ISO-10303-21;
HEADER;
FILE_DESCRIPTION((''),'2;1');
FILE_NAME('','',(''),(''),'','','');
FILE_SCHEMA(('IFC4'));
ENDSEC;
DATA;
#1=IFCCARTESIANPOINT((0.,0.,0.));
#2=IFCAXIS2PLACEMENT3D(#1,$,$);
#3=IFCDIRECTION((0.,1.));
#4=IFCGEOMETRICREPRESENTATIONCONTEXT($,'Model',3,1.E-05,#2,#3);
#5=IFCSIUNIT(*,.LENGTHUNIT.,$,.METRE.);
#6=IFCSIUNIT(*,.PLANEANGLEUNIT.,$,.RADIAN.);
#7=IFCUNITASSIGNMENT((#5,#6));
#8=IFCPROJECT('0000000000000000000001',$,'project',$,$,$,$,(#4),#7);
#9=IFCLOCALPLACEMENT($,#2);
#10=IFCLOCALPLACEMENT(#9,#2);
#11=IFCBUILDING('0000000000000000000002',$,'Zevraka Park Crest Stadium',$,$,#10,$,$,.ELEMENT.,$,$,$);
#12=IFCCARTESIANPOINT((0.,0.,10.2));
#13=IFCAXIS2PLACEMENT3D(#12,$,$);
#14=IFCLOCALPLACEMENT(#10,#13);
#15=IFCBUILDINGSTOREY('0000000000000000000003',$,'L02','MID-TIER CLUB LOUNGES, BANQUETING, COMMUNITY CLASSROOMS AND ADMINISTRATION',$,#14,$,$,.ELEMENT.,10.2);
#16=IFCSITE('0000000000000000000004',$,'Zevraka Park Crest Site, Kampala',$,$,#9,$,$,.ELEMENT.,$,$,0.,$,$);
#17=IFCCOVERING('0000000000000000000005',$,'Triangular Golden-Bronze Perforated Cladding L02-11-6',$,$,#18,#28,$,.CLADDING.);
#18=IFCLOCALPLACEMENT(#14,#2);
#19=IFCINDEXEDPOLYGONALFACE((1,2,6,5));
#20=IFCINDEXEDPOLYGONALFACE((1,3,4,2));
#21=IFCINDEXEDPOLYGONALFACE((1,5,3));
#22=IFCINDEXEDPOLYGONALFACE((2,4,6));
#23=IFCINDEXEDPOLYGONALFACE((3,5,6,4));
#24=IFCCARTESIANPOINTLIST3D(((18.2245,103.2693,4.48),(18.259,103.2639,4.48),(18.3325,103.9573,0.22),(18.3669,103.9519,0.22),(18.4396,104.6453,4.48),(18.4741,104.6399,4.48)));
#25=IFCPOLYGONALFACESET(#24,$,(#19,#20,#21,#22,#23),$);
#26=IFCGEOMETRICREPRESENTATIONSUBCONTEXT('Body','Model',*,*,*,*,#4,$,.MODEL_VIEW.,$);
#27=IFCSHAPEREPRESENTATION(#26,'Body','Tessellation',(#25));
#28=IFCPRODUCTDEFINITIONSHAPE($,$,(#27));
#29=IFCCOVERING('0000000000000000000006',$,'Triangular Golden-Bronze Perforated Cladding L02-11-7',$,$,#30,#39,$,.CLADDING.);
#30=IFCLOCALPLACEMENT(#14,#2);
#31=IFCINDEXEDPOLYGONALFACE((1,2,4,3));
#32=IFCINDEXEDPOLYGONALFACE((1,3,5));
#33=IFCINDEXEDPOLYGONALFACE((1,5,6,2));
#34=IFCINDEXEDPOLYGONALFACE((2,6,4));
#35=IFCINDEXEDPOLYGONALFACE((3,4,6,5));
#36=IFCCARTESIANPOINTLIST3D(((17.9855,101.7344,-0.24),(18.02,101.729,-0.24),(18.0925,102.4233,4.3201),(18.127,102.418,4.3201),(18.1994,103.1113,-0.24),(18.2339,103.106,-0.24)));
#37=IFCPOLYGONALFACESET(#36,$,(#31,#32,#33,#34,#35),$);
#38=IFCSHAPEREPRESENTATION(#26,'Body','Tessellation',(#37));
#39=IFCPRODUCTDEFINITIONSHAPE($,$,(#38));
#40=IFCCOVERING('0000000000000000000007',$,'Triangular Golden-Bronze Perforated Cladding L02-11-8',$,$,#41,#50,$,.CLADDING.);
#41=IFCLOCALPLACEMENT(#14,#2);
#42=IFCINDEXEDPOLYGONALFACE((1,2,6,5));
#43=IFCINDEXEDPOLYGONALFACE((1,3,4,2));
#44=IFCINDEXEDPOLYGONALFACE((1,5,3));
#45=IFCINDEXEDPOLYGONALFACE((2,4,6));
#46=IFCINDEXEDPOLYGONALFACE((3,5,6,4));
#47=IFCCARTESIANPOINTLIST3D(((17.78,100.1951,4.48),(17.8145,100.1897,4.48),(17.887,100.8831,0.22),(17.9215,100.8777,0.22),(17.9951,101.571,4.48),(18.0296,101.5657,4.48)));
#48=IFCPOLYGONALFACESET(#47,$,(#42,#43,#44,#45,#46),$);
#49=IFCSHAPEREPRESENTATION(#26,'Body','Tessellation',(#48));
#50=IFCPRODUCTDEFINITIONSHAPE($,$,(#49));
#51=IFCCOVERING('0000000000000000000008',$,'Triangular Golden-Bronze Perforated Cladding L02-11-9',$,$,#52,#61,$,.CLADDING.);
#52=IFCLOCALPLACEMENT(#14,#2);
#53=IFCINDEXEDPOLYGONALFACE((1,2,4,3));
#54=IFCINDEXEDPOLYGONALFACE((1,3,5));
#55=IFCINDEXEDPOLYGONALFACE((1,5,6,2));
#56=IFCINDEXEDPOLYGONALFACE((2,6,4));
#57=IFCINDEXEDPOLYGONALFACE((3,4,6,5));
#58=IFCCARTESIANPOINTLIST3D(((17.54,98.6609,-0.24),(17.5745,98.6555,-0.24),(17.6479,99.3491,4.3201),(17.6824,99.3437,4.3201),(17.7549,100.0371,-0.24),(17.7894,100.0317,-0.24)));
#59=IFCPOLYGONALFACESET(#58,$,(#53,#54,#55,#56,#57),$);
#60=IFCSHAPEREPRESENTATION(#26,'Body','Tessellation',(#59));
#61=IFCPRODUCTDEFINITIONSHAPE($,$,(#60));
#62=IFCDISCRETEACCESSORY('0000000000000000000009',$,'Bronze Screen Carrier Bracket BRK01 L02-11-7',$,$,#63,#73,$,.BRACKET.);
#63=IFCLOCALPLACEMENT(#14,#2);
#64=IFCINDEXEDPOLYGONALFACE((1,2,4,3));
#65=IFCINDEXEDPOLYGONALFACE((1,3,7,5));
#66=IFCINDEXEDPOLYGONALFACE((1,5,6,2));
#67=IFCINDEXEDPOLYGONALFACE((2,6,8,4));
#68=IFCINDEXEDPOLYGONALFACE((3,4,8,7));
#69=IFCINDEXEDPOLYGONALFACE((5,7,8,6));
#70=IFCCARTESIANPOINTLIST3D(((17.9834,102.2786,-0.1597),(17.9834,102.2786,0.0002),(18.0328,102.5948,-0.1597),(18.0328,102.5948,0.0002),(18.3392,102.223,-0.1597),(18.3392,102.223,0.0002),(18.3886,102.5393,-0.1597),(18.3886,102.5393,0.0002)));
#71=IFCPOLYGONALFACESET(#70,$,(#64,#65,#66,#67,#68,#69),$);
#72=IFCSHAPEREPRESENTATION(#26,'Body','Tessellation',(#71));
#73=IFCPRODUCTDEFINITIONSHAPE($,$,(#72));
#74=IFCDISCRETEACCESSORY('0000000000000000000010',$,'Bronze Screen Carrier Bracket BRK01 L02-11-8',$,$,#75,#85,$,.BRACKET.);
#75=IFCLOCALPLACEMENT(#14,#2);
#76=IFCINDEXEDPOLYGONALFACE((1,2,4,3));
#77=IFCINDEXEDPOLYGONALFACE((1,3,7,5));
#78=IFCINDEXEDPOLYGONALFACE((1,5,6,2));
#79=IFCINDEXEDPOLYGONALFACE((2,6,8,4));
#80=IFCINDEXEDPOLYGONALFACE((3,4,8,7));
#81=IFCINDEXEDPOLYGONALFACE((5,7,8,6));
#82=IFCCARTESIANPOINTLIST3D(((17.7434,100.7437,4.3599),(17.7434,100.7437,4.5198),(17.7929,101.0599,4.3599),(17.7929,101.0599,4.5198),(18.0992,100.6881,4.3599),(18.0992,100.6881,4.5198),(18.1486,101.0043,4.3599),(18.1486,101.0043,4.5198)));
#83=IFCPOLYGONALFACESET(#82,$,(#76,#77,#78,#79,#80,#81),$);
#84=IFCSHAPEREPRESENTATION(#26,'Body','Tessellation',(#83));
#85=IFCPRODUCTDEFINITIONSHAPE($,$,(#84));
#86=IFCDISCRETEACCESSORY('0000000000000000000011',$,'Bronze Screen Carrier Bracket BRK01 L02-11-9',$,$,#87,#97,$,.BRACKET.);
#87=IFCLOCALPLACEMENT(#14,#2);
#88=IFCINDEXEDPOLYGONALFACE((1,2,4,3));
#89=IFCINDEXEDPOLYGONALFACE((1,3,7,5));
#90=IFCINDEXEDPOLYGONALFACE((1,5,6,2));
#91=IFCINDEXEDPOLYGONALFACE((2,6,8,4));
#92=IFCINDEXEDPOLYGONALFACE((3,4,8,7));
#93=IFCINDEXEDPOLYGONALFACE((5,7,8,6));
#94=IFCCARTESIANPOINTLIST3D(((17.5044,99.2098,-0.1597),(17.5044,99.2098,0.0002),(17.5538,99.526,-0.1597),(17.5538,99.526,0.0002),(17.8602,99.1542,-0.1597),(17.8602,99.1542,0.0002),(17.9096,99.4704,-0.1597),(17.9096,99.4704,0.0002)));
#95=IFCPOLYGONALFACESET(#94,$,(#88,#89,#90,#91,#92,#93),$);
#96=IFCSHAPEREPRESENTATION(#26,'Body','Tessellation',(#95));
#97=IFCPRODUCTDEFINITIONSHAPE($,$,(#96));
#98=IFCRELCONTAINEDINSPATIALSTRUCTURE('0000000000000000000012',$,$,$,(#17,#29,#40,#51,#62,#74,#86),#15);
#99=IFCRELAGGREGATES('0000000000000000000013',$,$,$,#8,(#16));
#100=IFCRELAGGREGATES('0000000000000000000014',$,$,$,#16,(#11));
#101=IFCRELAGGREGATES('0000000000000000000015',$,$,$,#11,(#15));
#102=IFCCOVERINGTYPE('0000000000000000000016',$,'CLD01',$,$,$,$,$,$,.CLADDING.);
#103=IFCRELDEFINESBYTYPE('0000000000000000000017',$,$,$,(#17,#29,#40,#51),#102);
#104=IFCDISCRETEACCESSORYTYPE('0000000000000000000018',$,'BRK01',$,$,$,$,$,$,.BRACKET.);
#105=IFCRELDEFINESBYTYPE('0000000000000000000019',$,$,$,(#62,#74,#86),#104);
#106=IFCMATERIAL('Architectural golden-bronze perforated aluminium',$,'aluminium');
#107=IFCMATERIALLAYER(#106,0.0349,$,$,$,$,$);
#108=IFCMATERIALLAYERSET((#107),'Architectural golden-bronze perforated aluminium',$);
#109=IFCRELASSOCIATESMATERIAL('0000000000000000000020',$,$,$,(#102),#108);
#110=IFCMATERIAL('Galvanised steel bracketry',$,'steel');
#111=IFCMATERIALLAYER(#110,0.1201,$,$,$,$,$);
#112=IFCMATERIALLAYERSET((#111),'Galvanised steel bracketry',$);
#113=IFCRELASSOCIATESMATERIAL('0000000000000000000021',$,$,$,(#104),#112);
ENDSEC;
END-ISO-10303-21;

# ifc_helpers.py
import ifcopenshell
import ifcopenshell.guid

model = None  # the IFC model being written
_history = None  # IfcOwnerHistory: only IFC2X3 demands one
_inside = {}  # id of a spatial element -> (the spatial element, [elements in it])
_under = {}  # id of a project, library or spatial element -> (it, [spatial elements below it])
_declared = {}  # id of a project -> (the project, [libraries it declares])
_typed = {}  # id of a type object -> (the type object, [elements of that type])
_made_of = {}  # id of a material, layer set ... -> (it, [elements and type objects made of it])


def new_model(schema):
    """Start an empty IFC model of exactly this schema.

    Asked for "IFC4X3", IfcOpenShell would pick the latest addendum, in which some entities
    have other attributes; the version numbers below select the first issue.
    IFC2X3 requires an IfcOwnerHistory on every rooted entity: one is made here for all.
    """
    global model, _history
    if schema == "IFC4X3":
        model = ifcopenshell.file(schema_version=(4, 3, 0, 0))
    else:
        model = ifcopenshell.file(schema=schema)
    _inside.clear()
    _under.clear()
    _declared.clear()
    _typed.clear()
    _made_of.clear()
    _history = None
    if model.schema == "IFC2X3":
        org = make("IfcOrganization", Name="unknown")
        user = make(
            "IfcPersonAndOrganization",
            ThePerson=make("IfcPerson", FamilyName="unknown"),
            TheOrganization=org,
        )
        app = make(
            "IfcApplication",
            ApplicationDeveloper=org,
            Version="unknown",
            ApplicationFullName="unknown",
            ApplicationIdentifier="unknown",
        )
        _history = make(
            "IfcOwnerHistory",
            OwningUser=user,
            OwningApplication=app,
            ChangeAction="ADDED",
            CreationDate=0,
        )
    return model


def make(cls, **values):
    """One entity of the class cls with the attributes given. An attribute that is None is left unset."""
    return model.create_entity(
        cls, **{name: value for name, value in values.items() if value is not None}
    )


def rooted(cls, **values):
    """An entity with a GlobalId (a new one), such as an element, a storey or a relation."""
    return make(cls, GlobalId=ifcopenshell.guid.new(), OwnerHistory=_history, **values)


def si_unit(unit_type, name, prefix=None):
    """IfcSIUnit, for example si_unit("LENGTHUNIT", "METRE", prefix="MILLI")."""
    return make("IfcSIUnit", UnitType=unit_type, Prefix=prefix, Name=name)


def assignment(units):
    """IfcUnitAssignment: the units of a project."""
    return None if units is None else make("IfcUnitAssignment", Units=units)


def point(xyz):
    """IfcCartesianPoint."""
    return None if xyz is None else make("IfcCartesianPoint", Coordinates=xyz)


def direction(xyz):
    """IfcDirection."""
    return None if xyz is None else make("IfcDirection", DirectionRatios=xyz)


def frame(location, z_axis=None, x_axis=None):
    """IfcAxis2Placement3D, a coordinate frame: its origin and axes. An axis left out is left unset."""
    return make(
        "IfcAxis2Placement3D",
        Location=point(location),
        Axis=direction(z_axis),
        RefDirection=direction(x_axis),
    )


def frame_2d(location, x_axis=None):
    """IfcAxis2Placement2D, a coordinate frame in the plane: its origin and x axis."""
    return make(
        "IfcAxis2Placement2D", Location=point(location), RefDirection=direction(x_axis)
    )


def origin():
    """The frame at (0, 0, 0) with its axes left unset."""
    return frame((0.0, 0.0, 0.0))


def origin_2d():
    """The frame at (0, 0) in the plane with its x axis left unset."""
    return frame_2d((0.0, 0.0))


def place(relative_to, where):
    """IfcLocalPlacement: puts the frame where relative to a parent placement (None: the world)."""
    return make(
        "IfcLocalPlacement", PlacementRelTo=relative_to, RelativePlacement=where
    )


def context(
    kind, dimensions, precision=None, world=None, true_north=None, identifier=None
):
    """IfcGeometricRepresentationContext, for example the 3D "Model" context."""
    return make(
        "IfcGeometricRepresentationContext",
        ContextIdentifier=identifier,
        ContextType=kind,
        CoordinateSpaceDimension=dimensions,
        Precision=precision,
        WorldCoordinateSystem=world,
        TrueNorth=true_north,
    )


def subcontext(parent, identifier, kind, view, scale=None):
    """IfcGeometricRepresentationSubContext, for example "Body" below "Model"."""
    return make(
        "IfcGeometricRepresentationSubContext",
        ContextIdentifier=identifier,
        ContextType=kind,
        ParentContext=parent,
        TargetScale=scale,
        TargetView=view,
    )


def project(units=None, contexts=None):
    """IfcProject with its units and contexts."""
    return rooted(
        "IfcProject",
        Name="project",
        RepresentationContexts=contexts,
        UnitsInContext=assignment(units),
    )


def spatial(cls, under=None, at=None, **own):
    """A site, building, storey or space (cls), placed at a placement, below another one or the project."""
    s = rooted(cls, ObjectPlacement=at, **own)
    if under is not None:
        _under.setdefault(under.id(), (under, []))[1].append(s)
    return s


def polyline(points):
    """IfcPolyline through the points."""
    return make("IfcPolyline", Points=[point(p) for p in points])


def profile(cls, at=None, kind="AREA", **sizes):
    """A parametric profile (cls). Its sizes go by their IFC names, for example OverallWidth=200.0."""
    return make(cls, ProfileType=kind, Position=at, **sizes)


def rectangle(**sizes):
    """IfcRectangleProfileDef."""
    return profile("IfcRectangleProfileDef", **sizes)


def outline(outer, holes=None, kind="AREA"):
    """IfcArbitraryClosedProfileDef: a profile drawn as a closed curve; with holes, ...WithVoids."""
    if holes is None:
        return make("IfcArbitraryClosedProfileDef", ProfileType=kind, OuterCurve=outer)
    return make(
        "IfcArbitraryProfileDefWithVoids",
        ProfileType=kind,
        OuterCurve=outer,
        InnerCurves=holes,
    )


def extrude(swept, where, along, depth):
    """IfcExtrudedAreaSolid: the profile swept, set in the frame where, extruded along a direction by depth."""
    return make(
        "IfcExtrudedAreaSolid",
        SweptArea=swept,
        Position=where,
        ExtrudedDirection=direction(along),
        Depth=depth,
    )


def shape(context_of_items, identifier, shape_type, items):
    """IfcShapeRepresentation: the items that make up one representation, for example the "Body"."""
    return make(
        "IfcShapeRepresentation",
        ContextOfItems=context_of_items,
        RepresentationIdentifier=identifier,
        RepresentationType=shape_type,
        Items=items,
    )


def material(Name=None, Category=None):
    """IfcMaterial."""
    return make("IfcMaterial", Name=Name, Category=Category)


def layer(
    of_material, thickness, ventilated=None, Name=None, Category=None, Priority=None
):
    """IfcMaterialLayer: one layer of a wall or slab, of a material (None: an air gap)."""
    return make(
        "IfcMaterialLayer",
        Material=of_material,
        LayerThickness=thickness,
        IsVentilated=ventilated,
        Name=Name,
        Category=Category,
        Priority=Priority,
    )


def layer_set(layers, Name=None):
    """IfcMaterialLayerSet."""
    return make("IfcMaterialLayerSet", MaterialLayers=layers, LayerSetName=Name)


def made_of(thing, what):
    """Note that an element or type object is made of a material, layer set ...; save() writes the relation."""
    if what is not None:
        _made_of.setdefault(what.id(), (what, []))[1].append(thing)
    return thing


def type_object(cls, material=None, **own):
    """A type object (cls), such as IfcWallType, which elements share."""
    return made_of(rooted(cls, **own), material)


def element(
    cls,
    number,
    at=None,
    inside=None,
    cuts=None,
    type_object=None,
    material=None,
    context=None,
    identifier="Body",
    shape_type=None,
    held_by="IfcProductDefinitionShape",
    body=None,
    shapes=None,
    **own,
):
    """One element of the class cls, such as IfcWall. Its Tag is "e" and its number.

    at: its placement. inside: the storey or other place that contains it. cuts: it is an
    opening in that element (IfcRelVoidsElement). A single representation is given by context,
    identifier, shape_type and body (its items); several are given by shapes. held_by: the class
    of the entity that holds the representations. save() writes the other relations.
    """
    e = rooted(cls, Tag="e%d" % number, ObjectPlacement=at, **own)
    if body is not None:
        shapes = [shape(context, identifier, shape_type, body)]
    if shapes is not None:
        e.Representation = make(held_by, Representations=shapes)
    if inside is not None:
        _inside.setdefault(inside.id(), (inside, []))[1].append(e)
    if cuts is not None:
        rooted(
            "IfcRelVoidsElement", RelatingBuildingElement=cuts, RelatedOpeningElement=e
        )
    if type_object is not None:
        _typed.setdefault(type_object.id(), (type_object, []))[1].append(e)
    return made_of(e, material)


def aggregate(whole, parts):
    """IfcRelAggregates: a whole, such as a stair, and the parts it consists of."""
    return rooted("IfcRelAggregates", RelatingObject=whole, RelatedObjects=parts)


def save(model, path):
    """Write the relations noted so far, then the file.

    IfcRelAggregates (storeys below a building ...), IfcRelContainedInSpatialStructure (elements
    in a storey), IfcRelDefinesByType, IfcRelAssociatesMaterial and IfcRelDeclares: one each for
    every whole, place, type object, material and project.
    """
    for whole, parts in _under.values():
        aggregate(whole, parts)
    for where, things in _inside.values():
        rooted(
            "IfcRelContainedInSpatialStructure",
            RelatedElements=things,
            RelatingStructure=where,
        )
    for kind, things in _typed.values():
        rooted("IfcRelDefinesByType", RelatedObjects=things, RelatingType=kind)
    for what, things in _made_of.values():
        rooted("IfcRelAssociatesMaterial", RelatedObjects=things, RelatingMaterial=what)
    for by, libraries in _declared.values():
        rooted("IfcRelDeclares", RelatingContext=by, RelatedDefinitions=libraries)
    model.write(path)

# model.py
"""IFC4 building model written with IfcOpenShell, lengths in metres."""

from ifc_helpers import new_model, si_unit, direction, frame, origin, origin_2d, place, context, subcontext, project, spatial, polyline, rectangle, outline, extrude, material, layer, layer_set, type_object, element, save


model = new_model("IFC4")

# Units and contexts
model_context = context("Model", 3, precision=1e-05, world=origin(), true_north=direction((0.0, 1.0)))
body_context = subcontext(model_context, "Body", "Model", "MODEL_VIEW")
ifc_project = project(units=[si_unit("LENGTHUNIT", "METRE"), si_unit("PLANEANGLEUNIT", "RADIAN")], contexts=[model_context])

# Site, building, storey
site_placement = place(None, origin())
site = spatial("IfcSite", under=ifc_project, at=site_placement, Name="Zevraka Park Crest Site, Kampala", CompositionType="ELEMENT", RefElevation=0.0)
building_placement = place(site_placement, origin())
building = spatial("IfcBuilding", under=site, at=building_placement, Name="Zevraka Park Crest Stadium", CompositionType="ELEMENT")
storey_placement = place(building_placement, frame((0.0, 0.0, 10.2)))
storey = spatial("IfcBuildingStorey", under=building, at=storey_placement, Name="L02", Description="MID-TIER CLUB LOUNGES, BANQUETING, COMMUNITY CLASSROOMS AND ADMINISTRATION", CompositionType="ELEMENT", Elevation=10.2)

# Coverings
ifc_material_1 = material(Name="Architectural golden-bronze perforated aluminium", Category="aluminium")
ifc_layer_1 = layer(ifc_material_1, 0.0349)
ifc_layer_set_1 = layer_set([ifc_layer_1], Name="Architectural golden-bronze perforated aluminium")
covering_type = type_object("IfcCoveringType", Name="CLD01", PredefinedType="CLADDING", material=ifc_layer_set_1)
covering_1_placement = place(storey_placement, frame((18.259, 103.2639, 4.48), z_axis=(0.988002, -0.154441, 0.000085), x_axis=(0.154441, 0.988002, 0.0)))
element("IfcCovering", 1, at=covering_1_placement, inside=storey, type_object=covering_type, Name="Triangular Golden-Bronze Perforated Cladding L02-11-6", PredefinedType="CLADDING", context=body_context, shape_type="SweptSolid", body=[
    extrude(outline(polyline([(0.0, 0.0), (1.3927, 0.0), (0.6964, -4.26), (0.0, 0.0)])), origin(), (0.0, 0.0, -1.0), 0.0349),
])
covering_2_placement = place(storey_placement, frame((18.2339, 103.106, -0.24), z_axis=(0.988152, -0.153479, 0.000016), x_axis=(-0.153479, -0.988152, 0.0)))
element("IfcCovering", 2, at=covering_2_placement, inside=storey, type_object=covering_type, Name="Triangular Golden-Bronze Perforated Cladding L02-11-7", PredefinedType="CLADDING", context=body_context, shape_type="SweptSolid", body=[
    extrude(outline(polyline([(0.0, 0.0), (1.3935, 0.0), (0.6962, -4.5601), (0.0, 0.0)])), origin(), (0.0, 0.0, -1.0), 0.0349),
])
covering_3_placement = place(storey_placement, frame((17.78, 100.1951, 4.48), z_axis=(-0.988002, 0.154441, 0.000142), x_axis=(0.154441, 0.988002, 0.0)))
element("IfcCovering", 3, at=covering_3_placement, inside=storey, type_object=covering_type, Name="Triangular Golden-Bronze Perforated Cladding L02-11-8", PredefinedType="CLADDING", context=body_context, shape_type="SweptSolid", body=[
    extrude(outline(polyline([(0.0, 0.0), (1.3927, 0.0), (0.6962, 4.26), (0.0, 0.0)])), origin(), (0.0, 0.0, -1.0), 0.0349),
])
covering_4_placement = place(storey_placement, frame((17.7549, 100.0371, -0.24), z_axis=(-0.988033, 0.154243, 0.000102), x_axis=(-0.154243, -0.988033, 0.0)))
element("IfcCovering", 4, at=covering_4_placement, inside=storey, type_object=covering_type, Name="Triangular Golden-Bronze Perforated Cladding L02-11-9", PredefinedType="CLADDING", context=body_context, shape_type="SweptSolid", body=[
    extrude(outline(polyline([(0.0, 0.0), (1.3929, 0.0), (0.6962, 4.5601), (0.0, 0.0)])), origin(), (0.0, 0.0, -1.0), 0.0349),
])

# Discrete accessories
ifc_material_2 = material(Name="Galvanised steel bracketry", Category="steel")
ifc_layer_2 = layer(ifc_material_2, 0.1201)
ifc_layer_set_2 = layer_set([ifc_layer_2], Name="Galvanised steel bracketry")
discrete_accessory_type = type_object("IfcDiscreteAccessoryType", Name="BRK01", PredefinedType="BRACKET", material=ifc_layer_set_2)
for number, where, z_axis, x_axis, name in (
    (5, (18.186, 102.4089, -0.1597), (0.0, 0.0, 1.0), (-0.154366, -0.988014, 0.0), "Bronze Screen Carrier Bracket BRK01 L02-11-7"),
    (6, (17.946, 100.874, 4.3599), (0.0, 0.0, 1.0), (-0.154366, -0.988014, 0.0), "Bronze Screen Carrier Bracket BRK01 L02-11-8"),
    (7, (17.707, 99.3401, -0.1597), (0.0, 0.0, 1.0), (-0.154366, -0.988014, 0.0), "Bronze Screen Carrier Bracket BRK01 L02-11-9"),
):
    element("IfcDiscreteAccessory", number, at=place(storey_placement, frame(where, z_axis=z_axis, x_axis=x_axis)), inside=storey, type_object=discrete_accessory_type, Name=name, PredefinedType="BRACKET", context=body_context, shape_type="SweptSolid", body=[
        extrude(rectangle(XDim=0.3201, YDim=0.3601, at=origin_2d()), origin(), (0.0, 0.0, 1.0), 0.1599),
    ])

save(model, "model.ifc")
